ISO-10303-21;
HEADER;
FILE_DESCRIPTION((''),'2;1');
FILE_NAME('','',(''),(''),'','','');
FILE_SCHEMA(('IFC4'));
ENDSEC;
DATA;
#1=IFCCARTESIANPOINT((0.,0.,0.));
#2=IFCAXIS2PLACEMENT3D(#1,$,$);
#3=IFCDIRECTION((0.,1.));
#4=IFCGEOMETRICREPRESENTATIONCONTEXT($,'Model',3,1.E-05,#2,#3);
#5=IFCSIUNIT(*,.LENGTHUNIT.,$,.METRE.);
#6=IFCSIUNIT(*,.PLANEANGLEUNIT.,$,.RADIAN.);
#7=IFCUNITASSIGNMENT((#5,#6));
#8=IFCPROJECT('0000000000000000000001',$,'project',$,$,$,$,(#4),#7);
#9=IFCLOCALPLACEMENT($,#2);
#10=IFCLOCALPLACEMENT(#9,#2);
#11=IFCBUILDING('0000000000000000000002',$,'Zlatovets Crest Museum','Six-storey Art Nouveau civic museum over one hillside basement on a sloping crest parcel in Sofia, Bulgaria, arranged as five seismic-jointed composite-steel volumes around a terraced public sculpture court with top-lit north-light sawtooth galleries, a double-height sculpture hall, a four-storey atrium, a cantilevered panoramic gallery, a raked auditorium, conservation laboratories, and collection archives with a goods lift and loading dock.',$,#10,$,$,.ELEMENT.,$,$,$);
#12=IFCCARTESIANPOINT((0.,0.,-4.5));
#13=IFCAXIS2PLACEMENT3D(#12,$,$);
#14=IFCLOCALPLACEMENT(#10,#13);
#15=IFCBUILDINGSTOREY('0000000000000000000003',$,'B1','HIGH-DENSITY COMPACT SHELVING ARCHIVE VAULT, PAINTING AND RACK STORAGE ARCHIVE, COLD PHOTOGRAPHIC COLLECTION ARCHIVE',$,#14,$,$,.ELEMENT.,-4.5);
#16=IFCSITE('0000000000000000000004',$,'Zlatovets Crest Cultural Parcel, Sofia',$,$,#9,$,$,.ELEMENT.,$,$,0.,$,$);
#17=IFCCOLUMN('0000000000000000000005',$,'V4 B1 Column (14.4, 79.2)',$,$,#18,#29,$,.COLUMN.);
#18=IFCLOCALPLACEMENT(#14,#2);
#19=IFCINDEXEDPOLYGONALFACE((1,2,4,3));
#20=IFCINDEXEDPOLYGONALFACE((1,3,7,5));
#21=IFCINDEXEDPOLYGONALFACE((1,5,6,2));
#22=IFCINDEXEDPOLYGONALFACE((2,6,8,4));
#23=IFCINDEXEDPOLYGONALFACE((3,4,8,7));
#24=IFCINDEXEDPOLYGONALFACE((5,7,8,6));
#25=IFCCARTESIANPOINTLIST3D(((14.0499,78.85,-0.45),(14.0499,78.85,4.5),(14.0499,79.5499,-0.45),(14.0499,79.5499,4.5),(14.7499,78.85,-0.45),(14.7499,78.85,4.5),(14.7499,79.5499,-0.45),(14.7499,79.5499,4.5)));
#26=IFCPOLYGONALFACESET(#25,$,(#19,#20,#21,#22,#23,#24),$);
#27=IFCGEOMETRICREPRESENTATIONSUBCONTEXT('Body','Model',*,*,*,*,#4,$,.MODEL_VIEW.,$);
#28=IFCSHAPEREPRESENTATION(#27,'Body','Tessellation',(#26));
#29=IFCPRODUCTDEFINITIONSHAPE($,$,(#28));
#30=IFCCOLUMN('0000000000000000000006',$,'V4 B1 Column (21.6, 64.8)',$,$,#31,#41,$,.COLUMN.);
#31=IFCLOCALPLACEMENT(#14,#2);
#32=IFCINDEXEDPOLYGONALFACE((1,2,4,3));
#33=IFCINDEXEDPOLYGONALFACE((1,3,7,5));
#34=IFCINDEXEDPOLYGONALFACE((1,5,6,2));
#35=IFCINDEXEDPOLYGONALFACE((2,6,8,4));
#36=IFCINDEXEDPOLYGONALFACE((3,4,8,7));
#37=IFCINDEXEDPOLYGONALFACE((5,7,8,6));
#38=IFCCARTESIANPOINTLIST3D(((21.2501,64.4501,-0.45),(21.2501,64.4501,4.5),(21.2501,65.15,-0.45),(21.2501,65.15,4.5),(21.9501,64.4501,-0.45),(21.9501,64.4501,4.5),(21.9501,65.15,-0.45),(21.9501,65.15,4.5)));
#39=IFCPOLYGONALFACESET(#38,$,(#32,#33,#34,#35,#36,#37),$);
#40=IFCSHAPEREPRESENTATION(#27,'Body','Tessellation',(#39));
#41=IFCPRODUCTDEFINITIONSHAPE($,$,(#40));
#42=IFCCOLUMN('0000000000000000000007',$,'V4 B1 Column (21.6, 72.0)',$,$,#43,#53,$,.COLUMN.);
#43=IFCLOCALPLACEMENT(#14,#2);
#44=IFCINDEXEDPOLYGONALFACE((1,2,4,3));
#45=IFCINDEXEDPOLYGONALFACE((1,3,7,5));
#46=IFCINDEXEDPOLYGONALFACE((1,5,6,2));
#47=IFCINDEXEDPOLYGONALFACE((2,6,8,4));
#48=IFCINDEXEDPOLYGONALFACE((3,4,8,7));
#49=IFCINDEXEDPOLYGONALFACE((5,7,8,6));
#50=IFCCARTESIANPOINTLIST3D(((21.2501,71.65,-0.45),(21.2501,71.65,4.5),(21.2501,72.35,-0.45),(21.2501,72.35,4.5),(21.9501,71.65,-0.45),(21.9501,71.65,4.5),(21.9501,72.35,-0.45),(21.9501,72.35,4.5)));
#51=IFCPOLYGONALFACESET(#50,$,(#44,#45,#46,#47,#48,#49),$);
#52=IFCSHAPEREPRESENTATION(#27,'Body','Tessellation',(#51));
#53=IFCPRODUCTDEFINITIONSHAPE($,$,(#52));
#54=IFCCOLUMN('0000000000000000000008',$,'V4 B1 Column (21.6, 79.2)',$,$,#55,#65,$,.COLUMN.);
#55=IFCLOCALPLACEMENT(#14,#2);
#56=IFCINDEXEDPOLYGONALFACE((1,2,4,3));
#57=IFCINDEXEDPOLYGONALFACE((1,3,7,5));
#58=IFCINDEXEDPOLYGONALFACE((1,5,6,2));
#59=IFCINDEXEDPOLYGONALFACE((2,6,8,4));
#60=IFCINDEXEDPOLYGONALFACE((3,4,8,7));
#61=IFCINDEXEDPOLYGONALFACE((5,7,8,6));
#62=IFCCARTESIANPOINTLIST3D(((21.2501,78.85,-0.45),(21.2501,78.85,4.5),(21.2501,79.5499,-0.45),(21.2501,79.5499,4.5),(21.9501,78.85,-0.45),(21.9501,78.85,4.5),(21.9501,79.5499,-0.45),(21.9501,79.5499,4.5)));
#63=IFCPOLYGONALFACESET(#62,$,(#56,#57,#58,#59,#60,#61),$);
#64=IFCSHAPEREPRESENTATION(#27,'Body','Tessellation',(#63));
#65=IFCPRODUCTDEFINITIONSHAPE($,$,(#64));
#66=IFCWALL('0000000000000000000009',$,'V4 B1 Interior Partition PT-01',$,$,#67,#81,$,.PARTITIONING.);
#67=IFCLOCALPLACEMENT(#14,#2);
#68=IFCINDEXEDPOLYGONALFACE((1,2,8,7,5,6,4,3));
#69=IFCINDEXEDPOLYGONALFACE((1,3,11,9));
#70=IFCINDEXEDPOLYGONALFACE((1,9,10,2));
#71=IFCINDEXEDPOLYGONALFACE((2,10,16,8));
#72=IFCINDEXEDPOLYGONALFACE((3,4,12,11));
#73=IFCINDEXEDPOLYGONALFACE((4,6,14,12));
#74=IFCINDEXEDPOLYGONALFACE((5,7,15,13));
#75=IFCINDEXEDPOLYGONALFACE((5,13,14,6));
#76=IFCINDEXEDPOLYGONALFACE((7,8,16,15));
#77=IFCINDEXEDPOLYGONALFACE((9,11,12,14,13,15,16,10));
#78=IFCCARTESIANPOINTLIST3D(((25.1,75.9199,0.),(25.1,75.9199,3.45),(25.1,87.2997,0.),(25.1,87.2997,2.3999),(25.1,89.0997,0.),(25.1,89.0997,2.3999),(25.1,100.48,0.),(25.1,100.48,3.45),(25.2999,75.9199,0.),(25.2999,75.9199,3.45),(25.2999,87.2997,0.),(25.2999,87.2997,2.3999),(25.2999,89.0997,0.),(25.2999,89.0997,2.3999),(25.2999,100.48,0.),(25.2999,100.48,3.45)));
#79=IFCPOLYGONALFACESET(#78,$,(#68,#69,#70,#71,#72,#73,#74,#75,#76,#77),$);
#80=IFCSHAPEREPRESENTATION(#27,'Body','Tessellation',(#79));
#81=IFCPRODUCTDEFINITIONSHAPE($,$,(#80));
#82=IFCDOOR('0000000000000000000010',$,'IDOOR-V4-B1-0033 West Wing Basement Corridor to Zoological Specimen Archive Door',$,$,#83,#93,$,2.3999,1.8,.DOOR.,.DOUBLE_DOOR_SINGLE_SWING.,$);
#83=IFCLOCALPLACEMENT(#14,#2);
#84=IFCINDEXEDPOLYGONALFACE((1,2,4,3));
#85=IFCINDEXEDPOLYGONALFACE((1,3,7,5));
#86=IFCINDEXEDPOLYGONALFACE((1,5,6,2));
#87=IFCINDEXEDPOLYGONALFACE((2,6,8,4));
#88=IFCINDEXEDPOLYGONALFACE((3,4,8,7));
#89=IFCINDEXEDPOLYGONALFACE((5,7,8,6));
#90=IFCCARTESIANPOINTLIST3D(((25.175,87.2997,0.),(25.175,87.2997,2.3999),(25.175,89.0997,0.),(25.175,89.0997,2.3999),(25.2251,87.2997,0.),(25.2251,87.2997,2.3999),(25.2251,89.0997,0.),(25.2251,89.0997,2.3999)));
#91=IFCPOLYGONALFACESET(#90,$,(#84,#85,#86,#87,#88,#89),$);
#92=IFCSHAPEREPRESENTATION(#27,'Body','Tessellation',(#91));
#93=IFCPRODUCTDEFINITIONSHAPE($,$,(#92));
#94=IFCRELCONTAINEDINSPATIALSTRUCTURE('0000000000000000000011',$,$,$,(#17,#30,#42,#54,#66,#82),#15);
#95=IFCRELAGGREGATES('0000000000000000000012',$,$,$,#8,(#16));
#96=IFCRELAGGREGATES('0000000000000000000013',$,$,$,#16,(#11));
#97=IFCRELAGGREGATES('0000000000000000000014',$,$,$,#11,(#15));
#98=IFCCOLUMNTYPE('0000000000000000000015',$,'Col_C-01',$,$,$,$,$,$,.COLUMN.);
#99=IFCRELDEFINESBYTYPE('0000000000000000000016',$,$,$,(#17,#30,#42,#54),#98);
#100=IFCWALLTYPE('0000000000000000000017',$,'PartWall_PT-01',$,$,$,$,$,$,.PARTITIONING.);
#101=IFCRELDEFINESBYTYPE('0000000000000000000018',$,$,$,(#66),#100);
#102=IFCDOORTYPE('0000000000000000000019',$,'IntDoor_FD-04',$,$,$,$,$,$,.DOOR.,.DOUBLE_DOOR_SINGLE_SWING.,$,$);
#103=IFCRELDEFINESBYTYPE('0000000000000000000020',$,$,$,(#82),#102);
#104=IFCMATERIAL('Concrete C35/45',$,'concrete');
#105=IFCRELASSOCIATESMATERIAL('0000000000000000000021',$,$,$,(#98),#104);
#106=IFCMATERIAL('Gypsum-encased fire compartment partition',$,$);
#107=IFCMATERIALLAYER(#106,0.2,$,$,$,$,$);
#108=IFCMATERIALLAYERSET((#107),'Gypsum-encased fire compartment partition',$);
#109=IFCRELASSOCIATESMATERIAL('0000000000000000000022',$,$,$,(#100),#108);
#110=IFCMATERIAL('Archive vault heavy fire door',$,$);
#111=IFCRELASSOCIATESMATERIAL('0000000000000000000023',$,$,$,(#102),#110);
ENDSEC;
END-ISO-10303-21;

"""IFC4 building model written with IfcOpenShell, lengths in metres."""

from ifc_helpers import new_model, si_unit, direction, frame, frame_2d, origin, origin_2d, place, context, subcontext, project, spatial, rectangle, extrude, material, layer, layer_set, material_profile, profile_set, type_object, element, fill, save


model = new_model("IFC4")

# Units and contexts
model_context = context("Model", 3, precision=1e-05, world=origin(), true_north=direction((0.0, 1.0)))
body_context = subcontext(model_context, "Body", "Model", "MODEL_VIEW")
ifc_project = project(units=[si_unit("LENGTHUNIT", "METRE"), si_unit("PLANEANGLEUNIT", "RADIAN")], contexts=[model_context])

# Site, building, storey
site_placement = place(None, origin())
site = spatial("IfcSite", under=ifc_project, at=site_placement, Name="Zlatovets Crest Cultural Parcel, Sofia", CompositionType="ELEMENT", RefElevation=0.0)
building_placement = place(site_placement, origin())
building = spatial("IfcBuilding", under=site, at=building_placement, Name="Zlatovets Crest Museum", Description="Six-storey Art Nouveau civic museum over one hillside basement on a sloping crest parcel in Sofia, Bulgaria, arranged as five seismic-jointed composite-steel volumes around a terraced public sculpture court with top-lit north-light sawtooth galleries, a double-height sculpture hall, a four-storey atrium, a cantilevered panoramic gallery, a raked auditorium, conservation laboratories, and collection archives with a goods lift and loading dock.", CompositionType="ELEMENT")
storey_placement = place(building_placement, frame((0.0, 0.0, -4.5)))
storey = spatial("IfcBuildingStorey", under=building, at=storey_placement, Name="B1", Description="HIGH-DENSITY COMPACT SHELVING ARCHIVE VAULT, PAINTING AND RACK STORAGE ARCHIVE, COLD PHOTOGRAPHIC COLLECTION ARCHIVE", CompositionType="ELEMENT", Elevation=-4.5)

# Shared definitions
ifc_material_1 = material(Name="Concrete C35/45", Category="concrete")

# Columns
ifc_material_profile_1 = material_profile(ifc_material_1, rectangle(XDim=0.7, YDim=0.7, at=origin_2d()), Name="RC 700x700")
ifc_profile_set_1 = profile_set([ifc_material_profile_1], Name="Concrete C35/45")
column_type = type_object("IfcColumnType", Name="Col_C-01", PredefinedType="COLUMN", material=ifc_profile_set_1)
for number, where, z_axis, x_axis, name in (
    (1, (14.3999, 79.2, -0.45), (0.0, 0.0, 1.0), (0.0, 1.0, 0.0), "V4 B1 Column (14.4, 79.2)"),
    (2, (21.6001, 64.8, -0.45), (0.0, 0.0, 1.0), (1.0, 0.0, 0.0), "V4 B1 Column (21.6, 64.8)"),
    (3, (21.6001, 72.0, -0.45), (0.0, 0.0, 1.0), (0.0, 1.0, 0.0), "V4 B1 Column (21.6, 72.0)"),
    (4, (21.6001, 79.2, -0.45), (0.0, 0.0, 1.0), (1.0, 0.0, 0.0), "V4 B1 Column (21.6, 79.2)"),
):
    element("IfcColumn", number, at=place(storey_placement, frame(where, z_axis=z_axis, x_axis=x_axis)), inside=storey, type_object=column_type, Name=name, PredefinedType="COLUMN", context=body_context, shape_type="SweptSolid", body=[
        extrude(rectangle(XDim=0.7, YDim=0.7, at=origin_2d()), origin(), (0.0, 0.0, 1.0), 4.95),
    ])

# Wall, opening, door
ifc_material_2 = material(Name="Gypsum-encased fire compartment partition")
ifc_layer = layer(ifc_material_2, 0.2)
ifc_layer_set = layer_set([ifc_layer], Name="Gypsum-encased fire compartment partition")
wall_type = type_object("IfcWallType", Name="PartWall_PT-01", PredefinedType="PARTITIONING", material=ifc_layer_set)
wall_placement = place(storey_placement, frame((25.2, 75.9199, 0.0), z_axis=(0.0, 0.0, 1.0), x_axis=(0.0, 1.0, 0.0)))
wall = element("IfcWall", 5, at=wall_placement, inside=storey, type_object=wall_type, Name="V4 B1 Interior Partition PT-01", PredefinedType="PARTITIONING", context=body_context, shape_type="SweptSolid", body=[
    extrude(rectangle(XDim=24.5601, YDim=0.2, at=frame_2d((12.28, 0.0))), origin(), (0.0, 0.0, 1.0), 3.45),
])
opening_placement = place(wall_placement, frame((11.3799, 0.0, 0.0)))
opening = element("IfcOpeningElement", 6, at=opening_placement, cuts=wall, PredefinedType="OPENING", context=body_context, shape_type="SweptSolid", body=[
    extrude(rectangle(XDim=1.8, YDim=2.3999, at=frame_2d((0.8999, 1.2))), frame((0.0, 0.1099, 0.0), z_axis=(0.0, -1.0, 0.0), x_axis=(1.0, 0.0, 0.0)), (0.0, 0.0, 1.0), 0.22),
])
ifc_material_3 = material(Name="Archive vault heavy fire door")
door_type = type_object("IfcDoorType", Name="IntDoor_FD-04", OperationType="DOUBLE_DOOR_SINGLE_SWING", PredefinedType="DOOR", material=ifc_material_3)
door_placement = place(opening_placement, origin())
door = element("IfcDoor", 7, at=door_placement, inside=storey, type_object=door_type, Name="IDOOR-V4-B1-0033 West Wing Basement Corridor to Zoological Specimen Archive Door", OperationType="DOUBLE_DOOR_SINGLE_SWING", OverallHeight=2.3999, OverallWidth=1.8, PredefinedType="DOOR", context=body_context, shape_type="SweptSolid", body=[
    extrude(rectangle(XDim=1.8, YDim=2.3999, at=frame_2d((0.8999, 1.2))), frame((0.0, 0.0249, 0.0), z_axis=(0.0, -1.0, 0.0), x_axis=(1.0, 0.0, 0.0)), (0.0, 0.0, 1.0), 0.05),
])
fill(opening, door)

save(model, "model.ifc")
